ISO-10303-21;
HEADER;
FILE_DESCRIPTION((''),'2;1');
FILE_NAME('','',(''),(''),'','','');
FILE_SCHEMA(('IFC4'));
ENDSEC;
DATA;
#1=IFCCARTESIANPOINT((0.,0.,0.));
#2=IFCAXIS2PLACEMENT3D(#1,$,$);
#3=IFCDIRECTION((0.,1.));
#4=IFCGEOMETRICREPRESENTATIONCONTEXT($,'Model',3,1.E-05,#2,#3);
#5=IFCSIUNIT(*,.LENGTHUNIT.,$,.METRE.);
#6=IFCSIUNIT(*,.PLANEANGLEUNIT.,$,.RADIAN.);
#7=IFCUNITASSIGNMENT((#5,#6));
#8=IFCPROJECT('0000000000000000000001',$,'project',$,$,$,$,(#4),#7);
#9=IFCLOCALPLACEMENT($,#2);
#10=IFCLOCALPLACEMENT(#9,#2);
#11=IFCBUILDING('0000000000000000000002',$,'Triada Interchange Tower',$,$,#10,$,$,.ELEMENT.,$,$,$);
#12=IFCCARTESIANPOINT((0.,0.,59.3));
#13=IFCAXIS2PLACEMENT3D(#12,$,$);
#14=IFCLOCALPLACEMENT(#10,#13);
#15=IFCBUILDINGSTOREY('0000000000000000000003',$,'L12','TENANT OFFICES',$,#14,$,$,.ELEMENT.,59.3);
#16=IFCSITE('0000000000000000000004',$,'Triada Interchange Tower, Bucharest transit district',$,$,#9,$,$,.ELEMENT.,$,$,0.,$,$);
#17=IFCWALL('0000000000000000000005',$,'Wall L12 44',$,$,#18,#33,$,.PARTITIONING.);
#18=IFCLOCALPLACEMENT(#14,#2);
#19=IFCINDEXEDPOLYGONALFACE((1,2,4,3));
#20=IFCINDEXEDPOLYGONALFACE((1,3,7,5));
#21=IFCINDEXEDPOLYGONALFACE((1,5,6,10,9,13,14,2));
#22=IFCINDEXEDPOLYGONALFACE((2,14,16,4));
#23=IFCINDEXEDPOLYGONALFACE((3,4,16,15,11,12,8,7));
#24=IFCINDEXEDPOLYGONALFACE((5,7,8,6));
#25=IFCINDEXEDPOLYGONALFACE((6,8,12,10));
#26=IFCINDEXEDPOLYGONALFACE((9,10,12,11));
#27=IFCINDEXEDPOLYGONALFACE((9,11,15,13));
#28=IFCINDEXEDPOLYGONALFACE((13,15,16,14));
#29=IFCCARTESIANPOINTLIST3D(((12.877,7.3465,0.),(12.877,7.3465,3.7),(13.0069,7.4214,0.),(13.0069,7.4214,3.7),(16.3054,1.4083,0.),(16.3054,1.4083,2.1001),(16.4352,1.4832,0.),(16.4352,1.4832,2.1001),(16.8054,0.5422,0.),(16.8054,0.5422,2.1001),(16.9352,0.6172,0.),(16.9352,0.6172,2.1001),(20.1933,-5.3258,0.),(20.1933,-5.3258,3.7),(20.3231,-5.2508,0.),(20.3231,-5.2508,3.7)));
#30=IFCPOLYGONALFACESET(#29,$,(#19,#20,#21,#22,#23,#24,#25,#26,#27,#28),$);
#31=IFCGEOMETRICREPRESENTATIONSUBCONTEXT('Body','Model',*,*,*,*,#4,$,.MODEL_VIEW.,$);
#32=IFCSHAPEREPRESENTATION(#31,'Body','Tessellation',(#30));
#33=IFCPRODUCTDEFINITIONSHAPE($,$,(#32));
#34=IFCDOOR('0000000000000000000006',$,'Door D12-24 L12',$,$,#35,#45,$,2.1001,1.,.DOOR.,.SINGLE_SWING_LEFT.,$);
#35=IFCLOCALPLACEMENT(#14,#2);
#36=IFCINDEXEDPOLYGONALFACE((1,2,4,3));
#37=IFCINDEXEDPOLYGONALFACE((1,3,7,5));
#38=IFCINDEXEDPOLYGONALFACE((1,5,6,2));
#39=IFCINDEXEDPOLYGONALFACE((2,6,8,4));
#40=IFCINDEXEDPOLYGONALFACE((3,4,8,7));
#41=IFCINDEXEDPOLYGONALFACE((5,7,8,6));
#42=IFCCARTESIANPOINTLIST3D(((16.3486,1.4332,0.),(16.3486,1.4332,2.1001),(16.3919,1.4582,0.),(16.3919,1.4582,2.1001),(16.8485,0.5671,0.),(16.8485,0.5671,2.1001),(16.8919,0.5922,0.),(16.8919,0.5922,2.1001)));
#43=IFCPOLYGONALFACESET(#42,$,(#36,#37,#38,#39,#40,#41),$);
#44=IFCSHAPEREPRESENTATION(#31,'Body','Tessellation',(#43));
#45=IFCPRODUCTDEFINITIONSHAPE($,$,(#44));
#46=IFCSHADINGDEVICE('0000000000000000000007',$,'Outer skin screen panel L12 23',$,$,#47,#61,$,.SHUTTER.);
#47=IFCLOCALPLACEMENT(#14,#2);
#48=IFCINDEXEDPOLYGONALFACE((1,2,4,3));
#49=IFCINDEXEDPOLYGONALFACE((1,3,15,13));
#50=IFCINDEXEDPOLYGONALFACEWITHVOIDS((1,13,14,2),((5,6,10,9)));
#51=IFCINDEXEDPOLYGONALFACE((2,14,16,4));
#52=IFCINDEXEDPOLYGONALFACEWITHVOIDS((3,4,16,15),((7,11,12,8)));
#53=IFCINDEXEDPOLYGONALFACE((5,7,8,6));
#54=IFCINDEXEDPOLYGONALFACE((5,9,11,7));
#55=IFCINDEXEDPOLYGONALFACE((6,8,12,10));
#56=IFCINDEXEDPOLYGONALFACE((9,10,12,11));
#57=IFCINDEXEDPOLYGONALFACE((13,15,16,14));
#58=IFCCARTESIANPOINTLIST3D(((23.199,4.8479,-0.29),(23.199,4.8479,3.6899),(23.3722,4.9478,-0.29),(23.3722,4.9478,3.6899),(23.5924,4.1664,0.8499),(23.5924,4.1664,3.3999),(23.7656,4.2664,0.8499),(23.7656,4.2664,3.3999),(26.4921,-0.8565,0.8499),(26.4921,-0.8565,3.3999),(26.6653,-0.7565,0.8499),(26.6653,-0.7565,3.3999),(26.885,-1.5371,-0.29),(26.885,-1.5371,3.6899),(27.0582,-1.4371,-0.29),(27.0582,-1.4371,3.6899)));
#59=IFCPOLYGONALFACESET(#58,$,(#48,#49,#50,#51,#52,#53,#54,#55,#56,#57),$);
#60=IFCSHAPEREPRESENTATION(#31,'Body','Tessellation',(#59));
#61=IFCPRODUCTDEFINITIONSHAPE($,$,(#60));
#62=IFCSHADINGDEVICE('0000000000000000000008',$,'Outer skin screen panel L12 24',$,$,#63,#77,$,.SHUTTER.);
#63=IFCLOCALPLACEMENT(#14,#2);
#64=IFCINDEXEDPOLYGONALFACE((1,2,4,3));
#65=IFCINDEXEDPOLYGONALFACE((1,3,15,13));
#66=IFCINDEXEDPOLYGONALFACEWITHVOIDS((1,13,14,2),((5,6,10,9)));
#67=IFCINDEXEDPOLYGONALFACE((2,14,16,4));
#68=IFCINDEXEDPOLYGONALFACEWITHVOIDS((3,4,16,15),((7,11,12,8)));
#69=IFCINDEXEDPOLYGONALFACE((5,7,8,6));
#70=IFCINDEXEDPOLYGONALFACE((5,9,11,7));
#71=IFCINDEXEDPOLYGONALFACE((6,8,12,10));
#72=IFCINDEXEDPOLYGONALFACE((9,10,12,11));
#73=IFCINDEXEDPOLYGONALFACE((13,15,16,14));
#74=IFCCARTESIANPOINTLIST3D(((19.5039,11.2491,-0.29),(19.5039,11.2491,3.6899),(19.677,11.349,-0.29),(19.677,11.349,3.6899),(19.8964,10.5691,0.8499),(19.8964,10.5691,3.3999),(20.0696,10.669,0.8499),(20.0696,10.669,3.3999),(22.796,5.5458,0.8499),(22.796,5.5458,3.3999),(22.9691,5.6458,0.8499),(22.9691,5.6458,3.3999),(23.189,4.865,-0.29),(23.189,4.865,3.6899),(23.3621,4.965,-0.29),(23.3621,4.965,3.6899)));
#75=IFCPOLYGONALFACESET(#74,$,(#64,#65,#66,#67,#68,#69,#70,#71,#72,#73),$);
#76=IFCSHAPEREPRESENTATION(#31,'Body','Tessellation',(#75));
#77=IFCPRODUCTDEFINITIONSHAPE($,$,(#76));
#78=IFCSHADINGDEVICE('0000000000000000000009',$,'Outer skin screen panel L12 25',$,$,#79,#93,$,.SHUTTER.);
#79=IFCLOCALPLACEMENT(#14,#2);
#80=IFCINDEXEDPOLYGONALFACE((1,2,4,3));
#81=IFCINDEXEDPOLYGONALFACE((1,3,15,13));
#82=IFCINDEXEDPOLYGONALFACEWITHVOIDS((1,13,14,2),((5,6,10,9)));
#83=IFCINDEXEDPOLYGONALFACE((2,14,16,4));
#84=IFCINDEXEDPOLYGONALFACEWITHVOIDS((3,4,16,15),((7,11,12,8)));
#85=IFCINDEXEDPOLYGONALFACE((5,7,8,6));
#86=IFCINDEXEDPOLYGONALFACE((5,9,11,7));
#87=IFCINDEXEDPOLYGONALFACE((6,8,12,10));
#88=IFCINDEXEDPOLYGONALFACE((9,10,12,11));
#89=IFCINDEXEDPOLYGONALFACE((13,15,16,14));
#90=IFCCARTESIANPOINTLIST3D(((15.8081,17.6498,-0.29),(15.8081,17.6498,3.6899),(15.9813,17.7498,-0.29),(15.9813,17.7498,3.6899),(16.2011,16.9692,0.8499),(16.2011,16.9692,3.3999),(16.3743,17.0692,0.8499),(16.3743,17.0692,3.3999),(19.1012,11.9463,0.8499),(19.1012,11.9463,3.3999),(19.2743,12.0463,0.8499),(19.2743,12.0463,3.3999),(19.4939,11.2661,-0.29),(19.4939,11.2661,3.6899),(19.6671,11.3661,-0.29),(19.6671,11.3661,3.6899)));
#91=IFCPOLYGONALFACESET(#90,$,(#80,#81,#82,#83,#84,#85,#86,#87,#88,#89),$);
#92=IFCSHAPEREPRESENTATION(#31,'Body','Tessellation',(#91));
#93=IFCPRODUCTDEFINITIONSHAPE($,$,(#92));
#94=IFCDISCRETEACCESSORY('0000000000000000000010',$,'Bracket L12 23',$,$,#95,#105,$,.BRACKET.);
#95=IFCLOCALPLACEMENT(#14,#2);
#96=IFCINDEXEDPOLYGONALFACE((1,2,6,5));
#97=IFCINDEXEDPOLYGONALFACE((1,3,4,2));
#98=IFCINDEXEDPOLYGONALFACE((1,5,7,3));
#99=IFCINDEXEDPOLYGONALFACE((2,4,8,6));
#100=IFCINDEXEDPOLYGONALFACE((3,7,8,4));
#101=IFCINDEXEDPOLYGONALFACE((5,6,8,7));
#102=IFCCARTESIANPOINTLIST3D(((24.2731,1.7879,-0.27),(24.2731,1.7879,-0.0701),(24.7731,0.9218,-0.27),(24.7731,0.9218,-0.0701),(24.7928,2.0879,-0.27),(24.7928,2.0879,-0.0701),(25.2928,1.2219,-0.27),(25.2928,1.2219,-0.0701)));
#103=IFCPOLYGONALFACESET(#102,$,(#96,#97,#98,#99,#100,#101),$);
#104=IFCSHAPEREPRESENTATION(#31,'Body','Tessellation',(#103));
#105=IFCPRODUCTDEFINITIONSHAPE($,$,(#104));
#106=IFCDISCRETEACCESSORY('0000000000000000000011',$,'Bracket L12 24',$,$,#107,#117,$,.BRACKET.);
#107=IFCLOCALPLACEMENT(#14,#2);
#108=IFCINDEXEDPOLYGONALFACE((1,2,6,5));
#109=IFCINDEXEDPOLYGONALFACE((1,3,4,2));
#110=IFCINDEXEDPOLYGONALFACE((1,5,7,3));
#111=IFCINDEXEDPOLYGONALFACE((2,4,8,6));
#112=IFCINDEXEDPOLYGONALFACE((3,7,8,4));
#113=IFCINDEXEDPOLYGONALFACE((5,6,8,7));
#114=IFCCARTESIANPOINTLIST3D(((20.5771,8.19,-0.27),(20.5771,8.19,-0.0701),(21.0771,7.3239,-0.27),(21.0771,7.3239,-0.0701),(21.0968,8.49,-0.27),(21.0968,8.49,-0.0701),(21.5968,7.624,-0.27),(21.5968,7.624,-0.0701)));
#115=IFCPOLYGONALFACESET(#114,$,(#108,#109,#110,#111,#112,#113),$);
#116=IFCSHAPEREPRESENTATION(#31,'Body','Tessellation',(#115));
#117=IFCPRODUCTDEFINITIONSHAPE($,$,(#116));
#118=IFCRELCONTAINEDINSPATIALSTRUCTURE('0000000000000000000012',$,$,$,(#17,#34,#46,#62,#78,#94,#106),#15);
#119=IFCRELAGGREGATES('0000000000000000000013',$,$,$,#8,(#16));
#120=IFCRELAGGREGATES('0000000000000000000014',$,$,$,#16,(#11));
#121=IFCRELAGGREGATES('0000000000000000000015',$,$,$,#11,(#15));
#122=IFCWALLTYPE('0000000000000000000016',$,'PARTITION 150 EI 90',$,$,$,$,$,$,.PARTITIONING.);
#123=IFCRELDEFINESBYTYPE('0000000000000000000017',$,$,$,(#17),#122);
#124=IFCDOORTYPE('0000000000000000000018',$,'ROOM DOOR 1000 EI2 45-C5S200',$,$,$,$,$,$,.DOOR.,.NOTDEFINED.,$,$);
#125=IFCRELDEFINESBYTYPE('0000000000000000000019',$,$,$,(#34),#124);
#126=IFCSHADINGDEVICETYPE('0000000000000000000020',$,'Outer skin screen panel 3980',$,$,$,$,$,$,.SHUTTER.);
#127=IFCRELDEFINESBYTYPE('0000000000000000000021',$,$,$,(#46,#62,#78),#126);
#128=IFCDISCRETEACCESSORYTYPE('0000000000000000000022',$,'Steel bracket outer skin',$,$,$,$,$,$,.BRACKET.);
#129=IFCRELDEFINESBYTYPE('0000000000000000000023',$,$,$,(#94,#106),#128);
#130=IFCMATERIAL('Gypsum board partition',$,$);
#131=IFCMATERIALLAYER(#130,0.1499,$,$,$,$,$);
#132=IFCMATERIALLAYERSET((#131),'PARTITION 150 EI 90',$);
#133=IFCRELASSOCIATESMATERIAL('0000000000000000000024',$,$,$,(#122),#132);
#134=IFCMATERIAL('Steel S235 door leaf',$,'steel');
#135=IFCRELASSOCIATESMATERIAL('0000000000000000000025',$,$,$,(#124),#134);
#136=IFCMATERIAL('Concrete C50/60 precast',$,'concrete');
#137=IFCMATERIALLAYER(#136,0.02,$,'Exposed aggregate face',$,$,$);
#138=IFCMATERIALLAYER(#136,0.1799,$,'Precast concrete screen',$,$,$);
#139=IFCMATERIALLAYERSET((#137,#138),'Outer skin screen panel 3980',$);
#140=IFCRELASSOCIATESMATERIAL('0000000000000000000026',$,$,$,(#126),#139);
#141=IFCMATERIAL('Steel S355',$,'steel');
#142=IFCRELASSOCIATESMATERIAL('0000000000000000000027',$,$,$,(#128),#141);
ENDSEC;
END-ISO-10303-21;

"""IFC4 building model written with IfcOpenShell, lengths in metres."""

from ifc_helpers import new_model, si_unit, direction, frame, frame_2d, origin, origin_2d, place, context, subcontext, project, spatial, polyline, rectangle, outline, extrude, material, layer, layer_set, type_object, element, fill, save


model = new_model("IFC4")

# Units and contexts
model_context = context("Model", 3, precision=1e-05, world=origin(), true_north=direction((0.0, 1.0)))
body_context = subcontext(model_context, "Body", "Model", "MODEL_VIEW")
ifc_project = project(units=[si_unit("LENGTHUNIT", "METRE"), si_unit("PLANEANGLEUNIT", "RADIAN")], contexts=[model_context])

# Site, building, storey
site_placement = place(None, origin())
site = spatial("IfcSite", under=ifc_project, at=site_placement, Name="Triada Interchange Tower, Bucharest transit district", CompositionType="ELEMENT", RefElevation=0.0)
building_placement = place(site_placement, origin())
building = spatial("IfcBuilding", under=site, at=building_placement, Name="Triada Interchange Tower", CompositionType="ELEMENT")
storey_placement = place(building_placement, frame((0.0, 0.0, 59.3)))
storey = spatial("IfcBuildingStorey", under=building, at=storey_placement, Name="L12", Description="TENANT OFFICES", CompositionType="ELEMENT", Elevation=59.3)

# Shared definitions
ifc_material_1 = material(Name="Gypsum board partition")

# Wall, opening, door
ifc_layer_1 = layer(ifc_material_1, 0.1499)
ifc_layer_set_1 = layer_set([ifc_layer_1], Name="PARTITION 150 EI 90")
wall_type_1 = type_object("IfcWallType", Name="PARTITION 150 EI 90", PredefinedType="PARTITIONING", material=ifc_layer_set_1)
wall_1_placement = place(storey_placement, frame((12.9419, 7.384, 0.0), z_axis=(0.0, 0.0, 1.0), x_axis=(0.499995, -0.866028, 0.0)))
wall_1 = element("IfcWall", 1, at=wall_1_placement, inside=storey, type_object=wall_type_1, Name="Wall L12 44", PredefinedType="PARTITIONING", context=body_context, shape_type="SweptSolid", body=[
    extrude(rectangle(XDim=14.6326, YDim=0.1499, at=frame_2d((7.3164, 0.0))), origin(), (0.0, 0.0, 1.0), 3.7),
])
opening_placement = place(wall_1_placement, frame((6.8569, 0.0, 0.0)))
opening = element("IfcOpeningElement", 2, at=opening_placement, cuts=wall_1, PredefinedType="OPENING", context=body_context, shape_type="SweptSolid", body=[
    extrude(rectangle(XDim=1.0, YDim=2.1001, at=frame_2d((0.5, 1.05))), frame((0.0, 0.085, 0.0), z_axis=(0.0, -1.0, 0.0), x_axis=(1.0, 0.0, 0.0)), (0.0, 0.0, 1.0), 0.1699),
])
ifc_material_2 = material(Name="Steel S235 door leaf", Category="steel")
door_type = type_object("IfcDoorType", Name="ROOM DOOR 1000 EI2 45-C5S200", OperationType="NOTDEFINED", PredefinedType="DOOR", material=ifc_material_2)
door_placement = place(opening_placement, origin())
door = element("IfcDoor", 3, at=door_placement, inside=storey, type_object=door_type, Name="Door D12-24 L12", OperationType="SINGLE_SWING_LEFT", OverallHeight=2.1001, OverallWidth=1.0, PredefinedType="DOOR", context=body_context, shape_type="SweptSolid", body=[
    extrude(rectangle(XDim=1.0, YDim=2.1001, at=frame_2d((0.5, 1.05))), frame((0.0, 0.0249, 0.0), z_axis=(0.0, -1.0, 0.0), x_axis=(1.0, 0.0, 0.0)), (0.0, 0.0, 1.0), 0.05),
])
fill(opening, door)

# Shading devices
ifc_material_3 = material(Name="Concrete C50/60 precast", Category="concrete")
ifc_layer_2 = layer(ifc_material_3, 0.02, Name="Exposed aggregate face")
ifc_layer_3 = layer(ifc_material_3, 0.1799, Name="Precast concrete screen")
ifc_layer_set_2 = layer_set([ifc_layer_2, ifc_layer_3], Name="Outer skin screen panel 3980")
shading_device_type = type_object("IfcShadingDeviceType", Name="Outer skin screen panel 3980", PredefinedType="SHUTTER", material=ifc_layer_set_2)
shading_device_1_placement = place(storey_placement, frame((26.885, -1.5371, -0.29), z_axis=(0.0, 0.0, 1.0), x_axis=(-0.499964, 0.866046, 0.0)))
element("IfcShadingDevice", 4, at=shading_device_1_placement, inside=storey, type_object=shading_device_type, Name="Outer skin screen panel L12 23", PredefinedType="SHUTTER", context=body_context, shape_type="SweptSolid", body=[
    extrude(outline(polyline([(0.0, 0.0), (7.3726, 0.0), (7.3726, 3.98), (0.0, 3.98), (0.0, 0.0)]), holes=[polyline([(0.7859, 1.1399), (0.7859, 3.6899), (6.5857, 3.6899), (6.5857, 1.1399), (0.7859, 1.1399)])]), frame((0.0, 0.0, 0.0), z_axis=(0.0, -1.0, 0.0), x_axis=(1.0, 0.0, 0.0)), (0.0, 0.0, 1.0), 0.2),
])
shading_device_2_placement = place(storey_placement, frame((23.189, 4.865, -0.29), z_axis=(0.0, 0.0, 1.0), x_axis=(-0.499922, 0.86607, 0.0)))
element("IfcShadingDevice", 5, at=shading_device_2_placement, inside=storey, type_object=shading_device_type, Name="Outer skin screen panel L12 24", PredefinedType="SHUTTER", context=body_context, shape_type="SweptSolid", body=[
    extrude(outline(polyline([(0.0, 0.0), (7.3713, 0.0), (7.3713, 3.98), (0.0, 3.98), (0.0, 0.0)]), holes=[polyline([(0.7861, 1.1399), (0.7861, 3.6899), (6.5862, 3.6899), (6.5862, 1.1399), (0.7861, 1.1399)])]), frame((0.0, 0.0, 0.0), z_axis=(0.0, -1.0, 0.0), x_axis=(1.0, 0.0, 0.0)), (0.0, 0.0, 1.0), 0.2),
])
shading_device_3_placement = place(storey_placement, frame((19.4939, 11.2661, -0.29), z_axis=(0.0, 0.0, 1.0), x_axis=(-0.500011, 0.866019, 0.0)))
element("IfcShadingDevice", 6, at=shading_device_3_placement, inside=storey, type_object=shading_device_type, Name="Outer skin screen panel L12 25", PredefinedType="SHUTTER", context=body_context, shape_type="SweptSolid", body=[
    extrude(outline(polyline([(0.0, 0.0), (7.3713, 0.0), (7.3713, 3.98), (0.0, 3.98), (0.0, 0.0)]), holes=[polyline([(0.7854, 1.1399), (0.7854, 3.6899), (6.5854, 3.6899), (6.5854, 1.1399), (0.7854, 1.1399)])]), frame((0.0, 0.0, 0.0), z_axis=(0.0, -1.0, 0.0), x_axis=(1.0, 0.0, 0.0)), (0.0, 0.0, 1.0), 0.2),
])

# Discrete accessories
ifc_material_4 = material(Name="Steel S355", Category="steel")
discrete_accessory_type = type_object("IfcDiscreteAccessoryType", Name="Steel bracket outer skin", PredefinedType="BRACKET", material=ifc_material_4)
for number, where, z_axis, x_axis, name in (
    (7, (24.783, 1.5049, -0.27), (0.0, 0.0, 1.0), (0.866022, 0.500006, 0.0), "Bracket L12 23"),
    (8, (21.0869, 7.907, -0.27), (0.0, 0.0, 1.0), (0.866022, 0.500006, 0.0), "Bracket L12 24"),
):
    element("IfcDiscreteAccessory", number, at=place(storey_placement, frame(where, z_axis=z_axis, x_axis=x_axis)), inside=storey, type_object=discrete_accessory_type, Name=name, PredefinedType="BRACKET", context=body_context, shape_type="SweptSolid", body=[
        extrude(rectangle(XDim=0.6001, YDim=1.0, at=origin_2d()), origin(), (0.0, 0.0, 1.0), 0.2),
    ])

save(model, "model.ifc")
